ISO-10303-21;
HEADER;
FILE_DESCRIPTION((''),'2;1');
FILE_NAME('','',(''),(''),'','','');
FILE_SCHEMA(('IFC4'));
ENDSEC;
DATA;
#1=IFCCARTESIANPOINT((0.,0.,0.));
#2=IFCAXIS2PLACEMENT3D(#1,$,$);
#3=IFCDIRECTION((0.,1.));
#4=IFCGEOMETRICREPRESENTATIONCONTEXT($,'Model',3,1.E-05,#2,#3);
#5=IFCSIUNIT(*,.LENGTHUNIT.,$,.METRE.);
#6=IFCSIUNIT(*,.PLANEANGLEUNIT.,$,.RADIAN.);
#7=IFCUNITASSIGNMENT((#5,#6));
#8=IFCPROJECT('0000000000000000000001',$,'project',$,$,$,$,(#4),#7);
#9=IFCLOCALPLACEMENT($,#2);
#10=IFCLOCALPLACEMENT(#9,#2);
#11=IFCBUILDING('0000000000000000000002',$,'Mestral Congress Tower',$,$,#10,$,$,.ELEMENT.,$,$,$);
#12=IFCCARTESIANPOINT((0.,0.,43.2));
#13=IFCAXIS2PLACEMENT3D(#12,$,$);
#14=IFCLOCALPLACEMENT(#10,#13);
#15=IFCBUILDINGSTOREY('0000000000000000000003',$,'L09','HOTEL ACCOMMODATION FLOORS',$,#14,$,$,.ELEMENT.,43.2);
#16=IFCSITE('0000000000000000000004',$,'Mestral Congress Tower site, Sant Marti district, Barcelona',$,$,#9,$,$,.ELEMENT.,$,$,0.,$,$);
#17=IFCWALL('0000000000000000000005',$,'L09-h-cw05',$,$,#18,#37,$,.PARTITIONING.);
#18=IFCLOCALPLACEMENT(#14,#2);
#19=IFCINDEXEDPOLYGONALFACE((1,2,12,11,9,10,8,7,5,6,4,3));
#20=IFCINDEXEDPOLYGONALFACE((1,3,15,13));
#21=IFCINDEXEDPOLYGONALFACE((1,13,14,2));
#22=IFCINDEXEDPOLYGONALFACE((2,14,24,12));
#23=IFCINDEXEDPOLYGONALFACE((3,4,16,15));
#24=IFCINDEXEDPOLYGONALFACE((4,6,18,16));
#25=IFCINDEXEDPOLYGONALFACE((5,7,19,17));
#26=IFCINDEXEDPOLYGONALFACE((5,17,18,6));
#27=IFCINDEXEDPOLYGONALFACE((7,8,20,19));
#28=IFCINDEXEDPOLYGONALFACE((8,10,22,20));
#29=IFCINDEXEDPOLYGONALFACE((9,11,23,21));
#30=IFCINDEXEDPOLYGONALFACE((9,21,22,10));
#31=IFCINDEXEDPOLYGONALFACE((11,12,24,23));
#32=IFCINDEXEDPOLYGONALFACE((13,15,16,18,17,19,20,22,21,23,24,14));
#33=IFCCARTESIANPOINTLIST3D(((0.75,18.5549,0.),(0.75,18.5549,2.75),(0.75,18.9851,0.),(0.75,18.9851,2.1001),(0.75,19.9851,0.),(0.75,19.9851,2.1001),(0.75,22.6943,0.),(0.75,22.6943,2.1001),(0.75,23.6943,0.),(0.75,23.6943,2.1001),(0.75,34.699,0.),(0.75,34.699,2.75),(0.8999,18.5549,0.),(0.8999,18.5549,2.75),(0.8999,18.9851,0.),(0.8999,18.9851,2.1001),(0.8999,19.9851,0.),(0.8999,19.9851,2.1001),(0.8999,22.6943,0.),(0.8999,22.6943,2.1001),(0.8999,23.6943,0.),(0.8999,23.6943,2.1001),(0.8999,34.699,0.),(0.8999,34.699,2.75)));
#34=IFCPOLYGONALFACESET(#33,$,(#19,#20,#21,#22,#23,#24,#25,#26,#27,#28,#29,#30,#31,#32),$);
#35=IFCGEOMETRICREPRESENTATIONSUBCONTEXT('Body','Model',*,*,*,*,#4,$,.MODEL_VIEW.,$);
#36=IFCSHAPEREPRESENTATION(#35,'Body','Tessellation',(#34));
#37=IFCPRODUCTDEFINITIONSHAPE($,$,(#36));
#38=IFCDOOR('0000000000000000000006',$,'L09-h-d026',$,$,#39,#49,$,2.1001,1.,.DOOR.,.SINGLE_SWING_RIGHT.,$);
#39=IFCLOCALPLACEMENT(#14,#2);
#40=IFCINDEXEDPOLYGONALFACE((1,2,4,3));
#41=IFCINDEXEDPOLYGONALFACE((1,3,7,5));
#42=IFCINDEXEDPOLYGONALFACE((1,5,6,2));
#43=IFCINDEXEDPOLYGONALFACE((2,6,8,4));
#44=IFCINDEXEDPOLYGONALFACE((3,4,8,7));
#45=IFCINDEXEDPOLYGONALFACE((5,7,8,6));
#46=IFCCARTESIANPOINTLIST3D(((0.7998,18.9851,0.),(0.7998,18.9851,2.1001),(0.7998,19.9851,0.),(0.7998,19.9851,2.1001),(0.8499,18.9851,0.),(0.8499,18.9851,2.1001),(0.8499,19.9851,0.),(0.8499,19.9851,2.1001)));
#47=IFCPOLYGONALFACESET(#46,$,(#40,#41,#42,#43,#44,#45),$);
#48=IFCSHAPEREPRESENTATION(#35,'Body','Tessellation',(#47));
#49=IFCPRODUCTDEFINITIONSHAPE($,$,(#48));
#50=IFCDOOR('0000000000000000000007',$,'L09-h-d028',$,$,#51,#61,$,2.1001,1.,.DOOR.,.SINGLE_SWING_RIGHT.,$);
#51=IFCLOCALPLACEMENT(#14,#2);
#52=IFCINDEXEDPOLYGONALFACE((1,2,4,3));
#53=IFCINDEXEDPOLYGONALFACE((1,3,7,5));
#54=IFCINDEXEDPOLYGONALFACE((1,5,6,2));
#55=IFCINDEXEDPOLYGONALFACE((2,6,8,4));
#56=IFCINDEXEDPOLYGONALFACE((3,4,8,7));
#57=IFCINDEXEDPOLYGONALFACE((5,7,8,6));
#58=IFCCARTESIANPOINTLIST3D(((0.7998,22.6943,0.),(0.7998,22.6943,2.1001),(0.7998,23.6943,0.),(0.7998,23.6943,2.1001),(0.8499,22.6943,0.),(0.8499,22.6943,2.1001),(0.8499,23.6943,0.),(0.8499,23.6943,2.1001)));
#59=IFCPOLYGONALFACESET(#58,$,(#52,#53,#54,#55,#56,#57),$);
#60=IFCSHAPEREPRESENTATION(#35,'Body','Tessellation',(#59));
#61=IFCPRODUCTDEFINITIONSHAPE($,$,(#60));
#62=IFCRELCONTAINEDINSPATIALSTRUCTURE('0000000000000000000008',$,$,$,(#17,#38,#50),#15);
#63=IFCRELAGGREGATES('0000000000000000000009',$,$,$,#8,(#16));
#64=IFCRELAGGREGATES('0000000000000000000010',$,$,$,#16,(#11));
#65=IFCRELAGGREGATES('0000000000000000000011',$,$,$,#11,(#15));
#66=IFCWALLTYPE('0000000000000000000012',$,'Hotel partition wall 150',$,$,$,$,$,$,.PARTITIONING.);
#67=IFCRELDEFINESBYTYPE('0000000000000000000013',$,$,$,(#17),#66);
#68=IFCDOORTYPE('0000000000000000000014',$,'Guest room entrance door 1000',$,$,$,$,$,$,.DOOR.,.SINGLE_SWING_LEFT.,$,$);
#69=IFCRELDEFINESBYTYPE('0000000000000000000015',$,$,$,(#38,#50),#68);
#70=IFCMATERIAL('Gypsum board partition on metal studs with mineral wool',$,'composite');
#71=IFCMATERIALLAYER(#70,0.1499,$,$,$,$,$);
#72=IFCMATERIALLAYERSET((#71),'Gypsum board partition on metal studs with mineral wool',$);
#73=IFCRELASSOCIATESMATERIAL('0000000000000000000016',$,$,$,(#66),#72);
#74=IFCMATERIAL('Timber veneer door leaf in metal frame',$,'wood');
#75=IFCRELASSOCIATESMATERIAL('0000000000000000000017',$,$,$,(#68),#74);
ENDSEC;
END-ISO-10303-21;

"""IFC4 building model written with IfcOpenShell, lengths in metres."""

from ifc_helpers import new_model, si_unit, direction, frame, frame_2d, origin, place, context, subcontext, project, spatial, rectangle, extrude, material, layer, layer_set, type_object, element, fill, save


model = new_model("IFC4")

# Units and contexts
model_context = context("Model", 3, precision=1e-05, world=origin(), true_north=direction((0.0, 1.0)))
body_context = subcontext(model_context, "Body", "Model", "MODEL_VIEW")
ifc_project = project(units=[si_unit("LENGTHUNIT", "METRE"), si_unit("PLANEANGLEUNIT", "RADIAN")], contexts=[model_context])

# Site, building, storey
site_placement = place(None, origin())
site = spatial("IfcSite", under=ifc_project, at=site_placement, Name="Mestral Congress Tower site, Sant Marti district, Barcelona", CompositionType="ELEMENT", RefElevation=0.0)
building_placement = place(site_placement, origin())
building = spatial("IfcBuilding", under=site, at=building_placement, Name="Mestral Congress Tower", CompositionType="ELEMENT")
storey_placement = place(building_placement, frame((0.0, 0.0, 43.2)))
storey = spatial("IfcBuildingStorey", under=building, at=storey_placement, Name="L09", Description="HOTEL ACCOMMODATION FLOORS", CompositionType="ELEMENT", Elevation=43.2)

# Shared definitions
ifc_material_1 = material(Name="Gypsum board partition on metal studs with mineral wool", Category="composite")

# Wall, openings, doors
ifc_layer_1 = layer(ifc_material_1, 0.1499)
ifc_layer_set_1 = layer_set([ifc_layer_1], Name="Gypsum board partition on metal studs with mineral wool")
wall_type_1 = type_object("IfcWallType", Name="Hotel partition wall 150", PredefinedType="PARTITIONING", material=ifc_layer_set_1)
wall_1_placement = place(storey_placement, frame((0.825, 34.699, 0.0), z_axis=(0.0, 0.0, 1.0), x_axis=(0.0, -1.0, 0.0)))
wall_1 = element("IfcWall", 1, at=wall_1_placement, inside=storey, type_object=wall_type_1, Name="L09-h-cw05", PredefinedType="PARTITIONING", context=body_context, shape_type="SweptSolid", body=[
    extrude(rectangle(XDim=16.144, YDim=0.1499, at=frame_2d((8.072, 0.0))), origin(), (0.0, 0.0, 1.0), 2.75),
])
opening_1_placement = place(wall_1_placement, frame((14.7139, 0.0, 0.0)))
opening_1 = element("IfcOpeningElement", 2, at=opening_1_placement, cuts=wall_1, PredefinedType="OPENING", context=body_context, shape_type="SweptSolid", body=[
    extrude(rectangle(XDim=1.0, YDim=2.1001, at=frame_2d((0.5, 1.05))), frame((0.0, 0.085, 0.0), z_axis=(0.0, -1.0, 0.0), x_axis=(1.0, 0.0, 0.0)), (0.0, 0.0, 1.0), 0.1699),
])
opening_2_placement = place(wall_1_placement, frame((11.0046, 0.0, 0.0)))
opening_2 = element("IfcOpeningElement", 3, at=opening_2_placement, cuts=wall_1, PredefinedType="OPENING", context=body_context, shape_type="SweptSolid", body=[
    extrude(rectangle(XDim=1.0, YDim=2.1001, at=frame_2d((0.5, 1.05))), frame((0.0, 0.085, 0.0), z_axis=(0.0, -1.0, 0.0), x_axis=(1.0, 0.0, 0.0)), (0.0, 0.0, 1.0), 0.1699),
])
ifc_material_2 = material(Name="Timber veneer door leaf in metal frame", Category="wood")
door_type_1 = type_object("IfcDoorType", Name="Guest room entrance door 1000", OperationType="SINGLE_SWING_LEFT", PredefinedType="DOOR", material=ifc_material_2)
door_1_placement = place(opening_1_placement, origin())
door_1 = element("IfcDoor", 4, at=door_1_placement, inside=storey, type_object=door_type_1, Name="L09-h-d026", OperationType="SINGLE_SWING_RIGHT", OverallHeight=2.1001, OverallWidth=1.0, PredefinedType="DOOR", context=body_context, shape_type="SweptSolid", body=[
    extrude(rectangle(XDim=1.0, YDim=2.1001, at=frame_2d((0.5, 1.05))), frame((0.0, 0.0249, 0.0), z_axis=(0.0, -1.0, 0.0), x_axis=(1.0, 0.0, 0.0)), (0.0, 0.0, 1.0), 0.05),
])
fill(opening_1, door_1)
door_2_placement = place(opening_2_placement, origin())
door_2 = element("IfcDoor", 5, at=door_2_placement, inside=storey, type_object=door_type_1, Name="L09-h-d028", OperationType="SINGLE_SWING_RIGHT", OverallHeight=2.1001, OverallWidth=1.0, PredefinedType="DOOR", context=body_context, shape_type="SweptSolid", body=[
    extrude(rectangle(XDim=1.0, YDim=2.1001, at=frame_2d((0.5, 1.05))), frame((0.0, 0.0249, 0.0), z_axis=(0.0, -1.0, 0.0), x_axis=(1.0, 0.0, 0.0)), (0.0, 0.0, 1.0), 0.05),
])
fill(opening_2, door_2)

save(model, "model.ifc")
